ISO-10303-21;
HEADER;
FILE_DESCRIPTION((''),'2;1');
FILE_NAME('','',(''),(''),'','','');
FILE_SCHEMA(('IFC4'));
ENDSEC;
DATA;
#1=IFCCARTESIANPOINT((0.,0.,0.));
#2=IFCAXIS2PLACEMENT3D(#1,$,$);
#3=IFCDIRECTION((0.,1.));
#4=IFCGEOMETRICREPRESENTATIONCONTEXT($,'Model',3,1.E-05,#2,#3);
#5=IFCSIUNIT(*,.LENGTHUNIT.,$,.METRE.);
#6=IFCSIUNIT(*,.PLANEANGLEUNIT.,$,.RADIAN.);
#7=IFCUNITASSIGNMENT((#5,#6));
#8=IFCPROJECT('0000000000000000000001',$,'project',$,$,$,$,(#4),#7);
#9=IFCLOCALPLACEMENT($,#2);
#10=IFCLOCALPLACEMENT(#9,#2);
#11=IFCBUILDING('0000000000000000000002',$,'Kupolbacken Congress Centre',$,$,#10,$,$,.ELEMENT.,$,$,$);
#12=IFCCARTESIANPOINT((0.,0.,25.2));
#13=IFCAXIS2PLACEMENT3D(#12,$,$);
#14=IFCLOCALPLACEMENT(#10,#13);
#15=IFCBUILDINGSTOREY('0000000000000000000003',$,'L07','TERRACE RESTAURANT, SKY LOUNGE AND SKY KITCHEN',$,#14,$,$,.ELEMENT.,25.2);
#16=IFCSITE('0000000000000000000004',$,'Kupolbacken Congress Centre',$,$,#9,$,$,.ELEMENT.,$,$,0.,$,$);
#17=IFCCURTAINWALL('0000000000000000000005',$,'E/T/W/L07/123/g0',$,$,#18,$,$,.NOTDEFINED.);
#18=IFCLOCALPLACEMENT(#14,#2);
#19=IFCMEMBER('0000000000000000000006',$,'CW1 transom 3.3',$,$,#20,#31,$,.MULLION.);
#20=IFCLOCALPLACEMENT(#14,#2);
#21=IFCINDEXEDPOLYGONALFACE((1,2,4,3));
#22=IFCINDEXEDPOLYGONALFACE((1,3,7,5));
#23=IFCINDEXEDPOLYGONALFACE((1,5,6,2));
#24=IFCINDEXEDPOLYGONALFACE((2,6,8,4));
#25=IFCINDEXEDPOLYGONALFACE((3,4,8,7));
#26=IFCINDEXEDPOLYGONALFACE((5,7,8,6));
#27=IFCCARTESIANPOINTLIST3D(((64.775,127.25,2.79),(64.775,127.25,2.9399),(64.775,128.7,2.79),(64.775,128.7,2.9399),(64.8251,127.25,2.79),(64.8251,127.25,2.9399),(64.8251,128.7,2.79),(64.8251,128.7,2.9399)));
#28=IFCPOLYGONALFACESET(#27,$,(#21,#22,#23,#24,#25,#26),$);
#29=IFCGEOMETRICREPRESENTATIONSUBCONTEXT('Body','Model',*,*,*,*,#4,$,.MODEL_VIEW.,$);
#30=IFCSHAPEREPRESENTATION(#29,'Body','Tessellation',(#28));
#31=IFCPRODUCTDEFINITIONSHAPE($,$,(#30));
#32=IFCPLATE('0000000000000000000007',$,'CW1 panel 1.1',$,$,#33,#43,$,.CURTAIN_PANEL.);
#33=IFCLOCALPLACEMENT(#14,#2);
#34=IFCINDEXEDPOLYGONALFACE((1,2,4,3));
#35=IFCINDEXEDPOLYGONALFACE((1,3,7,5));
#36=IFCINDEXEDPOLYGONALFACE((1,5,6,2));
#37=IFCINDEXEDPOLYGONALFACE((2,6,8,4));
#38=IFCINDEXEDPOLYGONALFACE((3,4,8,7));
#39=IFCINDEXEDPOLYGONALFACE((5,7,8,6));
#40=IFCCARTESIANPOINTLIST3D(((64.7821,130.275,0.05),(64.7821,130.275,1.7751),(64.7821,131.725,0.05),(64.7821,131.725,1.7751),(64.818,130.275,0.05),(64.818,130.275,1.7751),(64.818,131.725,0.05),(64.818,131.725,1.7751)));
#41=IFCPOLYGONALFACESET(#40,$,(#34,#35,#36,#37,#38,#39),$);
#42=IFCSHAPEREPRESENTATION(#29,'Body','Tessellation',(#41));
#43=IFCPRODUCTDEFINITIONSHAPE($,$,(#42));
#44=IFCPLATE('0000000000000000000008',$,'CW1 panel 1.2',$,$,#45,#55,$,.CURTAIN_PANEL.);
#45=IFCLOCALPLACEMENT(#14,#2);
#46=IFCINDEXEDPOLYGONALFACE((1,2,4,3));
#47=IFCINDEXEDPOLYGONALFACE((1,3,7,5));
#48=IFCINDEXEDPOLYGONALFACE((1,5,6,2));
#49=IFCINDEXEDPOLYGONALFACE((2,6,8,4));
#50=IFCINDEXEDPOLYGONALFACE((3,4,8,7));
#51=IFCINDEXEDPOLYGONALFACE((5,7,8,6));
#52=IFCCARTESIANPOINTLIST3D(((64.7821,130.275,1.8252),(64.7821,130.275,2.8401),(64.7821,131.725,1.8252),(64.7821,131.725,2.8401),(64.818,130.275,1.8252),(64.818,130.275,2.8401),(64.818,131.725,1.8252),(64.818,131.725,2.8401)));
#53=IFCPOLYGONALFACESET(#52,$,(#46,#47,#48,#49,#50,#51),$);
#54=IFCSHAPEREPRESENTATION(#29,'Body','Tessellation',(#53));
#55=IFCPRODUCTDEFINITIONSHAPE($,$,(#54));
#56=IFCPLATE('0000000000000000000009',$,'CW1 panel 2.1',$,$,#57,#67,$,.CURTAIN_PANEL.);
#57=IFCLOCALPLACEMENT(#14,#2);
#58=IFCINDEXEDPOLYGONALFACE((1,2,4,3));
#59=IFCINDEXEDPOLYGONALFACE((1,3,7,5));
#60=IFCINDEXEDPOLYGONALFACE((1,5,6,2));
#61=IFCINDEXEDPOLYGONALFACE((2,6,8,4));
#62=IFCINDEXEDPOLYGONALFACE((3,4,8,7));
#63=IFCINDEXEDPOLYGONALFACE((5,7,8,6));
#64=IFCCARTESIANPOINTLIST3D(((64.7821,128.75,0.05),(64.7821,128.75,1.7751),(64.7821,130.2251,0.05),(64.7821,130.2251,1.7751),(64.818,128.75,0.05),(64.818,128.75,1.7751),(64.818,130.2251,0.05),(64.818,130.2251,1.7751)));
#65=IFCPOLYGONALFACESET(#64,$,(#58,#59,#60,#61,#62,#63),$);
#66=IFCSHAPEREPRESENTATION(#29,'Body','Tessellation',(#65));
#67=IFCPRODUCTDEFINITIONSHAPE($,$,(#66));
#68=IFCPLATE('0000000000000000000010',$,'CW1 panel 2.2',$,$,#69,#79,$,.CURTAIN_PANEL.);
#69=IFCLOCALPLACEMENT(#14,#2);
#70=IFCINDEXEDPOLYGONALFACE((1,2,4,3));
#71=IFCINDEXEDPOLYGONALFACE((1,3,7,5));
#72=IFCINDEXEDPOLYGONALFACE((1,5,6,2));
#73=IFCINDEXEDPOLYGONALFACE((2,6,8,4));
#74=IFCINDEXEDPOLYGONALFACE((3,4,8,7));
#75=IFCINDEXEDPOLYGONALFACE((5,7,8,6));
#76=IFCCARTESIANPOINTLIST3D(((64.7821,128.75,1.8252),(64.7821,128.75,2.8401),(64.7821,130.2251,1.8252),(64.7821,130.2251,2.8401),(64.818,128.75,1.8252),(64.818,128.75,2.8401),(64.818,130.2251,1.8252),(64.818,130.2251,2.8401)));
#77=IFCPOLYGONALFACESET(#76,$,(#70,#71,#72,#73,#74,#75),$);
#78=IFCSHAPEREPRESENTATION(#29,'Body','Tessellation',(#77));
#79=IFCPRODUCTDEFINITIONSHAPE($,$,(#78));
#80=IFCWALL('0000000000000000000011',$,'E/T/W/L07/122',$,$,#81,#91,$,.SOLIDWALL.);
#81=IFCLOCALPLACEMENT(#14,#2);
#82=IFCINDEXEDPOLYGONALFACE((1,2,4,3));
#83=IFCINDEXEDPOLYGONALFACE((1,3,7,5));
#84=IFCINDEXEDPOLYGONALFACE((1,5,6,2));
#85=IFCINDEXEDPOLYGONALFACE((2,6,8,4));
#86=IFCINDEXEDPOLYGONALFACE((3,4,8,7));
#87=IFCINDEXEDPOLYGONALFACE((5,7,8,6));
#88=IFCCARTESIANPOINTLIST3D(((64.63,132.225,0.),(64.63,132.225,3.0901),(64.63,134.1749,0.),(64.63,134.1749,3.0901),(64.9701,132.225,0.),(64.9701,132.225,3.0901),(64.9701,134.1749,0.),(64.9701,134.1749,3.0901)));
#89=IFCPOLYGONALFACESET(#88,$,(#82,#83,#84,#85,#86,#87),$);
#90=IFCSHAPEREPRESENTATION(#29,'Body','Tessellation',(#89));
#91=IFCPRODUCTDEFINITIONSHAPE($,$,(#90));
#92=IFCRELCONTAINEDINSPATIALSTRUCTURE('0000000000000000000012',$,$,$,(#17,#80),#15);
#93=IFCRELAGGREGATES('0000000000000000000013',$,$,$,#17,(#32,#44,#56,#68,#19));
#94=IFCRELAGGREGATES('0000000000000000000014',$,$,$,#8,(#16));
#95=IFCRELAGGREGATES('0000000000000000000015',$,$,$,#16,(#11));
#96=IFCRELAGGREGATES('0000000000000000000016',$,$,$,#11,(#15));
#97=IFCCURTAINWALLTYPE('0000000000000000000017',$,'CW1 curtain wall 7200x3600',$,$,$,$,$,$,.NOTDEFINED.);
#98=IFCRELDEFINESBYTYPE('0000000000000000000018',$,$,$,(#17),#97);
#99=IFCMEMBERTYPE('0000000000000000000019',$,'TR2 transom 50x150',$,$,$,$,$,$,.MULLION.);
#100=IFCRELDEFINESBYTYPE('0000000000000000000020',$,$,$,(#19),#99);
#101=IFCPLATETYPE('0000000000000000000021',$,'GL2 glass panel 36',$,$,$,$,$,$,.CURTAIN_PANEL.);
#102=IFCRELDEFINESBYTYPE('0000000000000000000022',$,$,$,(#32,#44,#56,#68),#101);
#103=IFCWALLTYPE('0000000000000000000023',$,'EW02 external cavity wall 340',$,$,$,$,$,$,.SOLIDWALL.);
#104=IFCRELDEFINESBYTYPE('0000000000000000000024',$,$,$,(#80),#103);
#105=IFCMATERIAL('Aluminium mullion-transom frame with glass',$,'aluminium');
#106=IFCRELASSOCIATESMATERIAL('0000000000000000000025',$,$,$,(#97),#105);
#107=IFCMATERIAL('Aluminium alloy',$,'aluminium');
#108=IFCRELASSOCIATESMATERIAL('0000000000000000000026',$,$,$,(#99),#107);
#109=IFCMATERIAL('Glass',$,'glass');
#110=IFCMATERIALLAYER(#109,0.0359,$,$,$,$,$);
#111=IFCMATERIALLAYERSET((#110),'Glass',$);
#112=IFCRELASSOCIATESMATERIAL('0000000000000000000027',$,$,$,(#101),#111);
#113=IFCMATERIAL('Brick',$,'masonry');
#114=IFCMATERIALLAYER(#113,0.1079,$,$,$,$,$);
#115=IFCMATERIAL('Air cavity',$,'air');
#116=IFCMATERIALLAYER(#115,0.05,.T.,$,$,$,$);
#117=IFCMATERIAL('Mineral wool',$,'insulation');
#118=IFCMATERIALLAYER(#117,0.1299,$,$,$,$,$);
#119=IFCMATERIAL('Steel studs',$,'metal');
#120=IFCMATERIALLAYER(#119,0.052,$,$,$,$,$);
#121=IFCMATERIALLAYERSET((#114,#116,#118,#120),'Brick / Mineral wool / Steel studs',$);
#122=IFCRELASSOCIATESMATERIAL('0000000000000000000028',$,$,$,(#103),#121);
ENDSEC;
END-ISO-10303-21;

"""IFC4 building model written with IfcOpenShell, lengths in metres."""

from ifc_helpers import new_model, si_unit, direction, frame, frame_2d, origin, origin_2d, place, context, subcontext, project, spatial, rectangle, extrude, material, layer, layer_set, material_profile, profile_set, type_object, element, aggregate, save


model = new_model("IFC4")

# Units and contexts
model_context = context("Model", 3, precision=1e-05, world=origin(), true_north=direction((0.0, 1.0)))
body_context = subcontext(model_context, "Body", "Model", "MODEL_VIEW")
ifc_project = project(units=[si_unit("LENGTHUNIT", "METRE"), si_unit("PLANEANGLEUNIT", "RADIAN")], contexts=[model_context])

# Site, building, storey
site_placement = place(None, origin())
site = spatial("IfcSite", under=ifc_project, at=site_placement, Name="Kupolbacken Congress Centre", CompositionType="ELEMENT", RefElevation=0.0)
building_placement = place(site_placement, origin())
building = spatial("IfcBuilding", under=site, at=building_placement, Name="Kupolbacken Congress Centre", CompositionType="ELEMENT")
storey_placement = place(building_placement, frame((0.0, 0.0, 25.2)))
storey = spatial("IfcBuildingStorey", under=building, at=storey_placement, Name="L07", Description="TERRACE RESTAURANT, SKY LOUNGE AND SKY KITCHEN", CompositionType="ELEMENT", Elevation=25.2)

# Curtain wall, member, plates
ifc_material_1 = material(Name="Aluminium mullion-transom frame with glass", Category="aluminium")
curtain_wall_type = type_object("IfcCurtainWallType", Name="CW1 curtain wall 7200x3600", PredefinedType="NOTDEFINED", material=ifc_material_1)
curtain_wall_placement = place(storey_placement, origin())
curtain_wall = element("IfcCurtainWall", 1, at=curtain_wall_placement, inside=storey, type_object=curtain_wall_type, Name="E/T/W/L07/123/g0", PredefinedType="NOTDEFINED")
ifc_material_2 = material(Name="Aluminium alloy", Category="aluminium")
ifc_material_profile_1 = material_profile(ifc_material_2, rectangle(XDim=0.05, YDim=0.1499, at=origin_2d()), Name="50 x 150")
ifc_profile_set_1 = profile_set([ifc_material_profile_1], Name="Aluminium alloy")
member_type_1 = type_object("IfcMemberType", Name="TR2 transom 50x150", PredefinedType="MULLION", material=ifc_profile_set_1)
member_1_placement = place(storey_placement, frame((64.8, 128.7, 2.865), z_axis=(0.0, -1.0, 0.0), x_axis=(1.0, 0.0, 0.0)))
member_1 = element("IfcMember", 2, at=member_1_placement, type_object=member_type_1, Name="CW1 transom 3.3", PredefinedType="MULLION", context=body_context, shape_type="SweptSolid", body=[
    extrude(rectangle(XDim=0.05, YDim=0.1499, at=origin_2d()), origin(), (0.0, 0.0, 1.0), 1.45),
])
ifc_material_3 = material(Name="Glass", Category="glass")
ifc_layer_1 = layer(ifc_material_3, 0.0359)
ifc_layer_set_1 = layer_set([ifc_layer_1], Name="Glass")
plate_type = type_object("IfcPlateType", Name="GL2 glass panel 36", PredefinedType="CURTAIN_PANEL", material=ifc_layer_set_1)
plate_1_placement = place(storey_placement, frame((64.8, 131.0, 0.05), z_axis=(0.0, 0.0, 1.0), x_axis=(0.0, -1.0, 0.0)))
plate_1 = element("IfcPlate", 3, at=plate_1_placement, type_object=plate_type, Name="CW1 panel 1.1", PredefinedType="CURTAIN_PANEL", context=body_context, shape_type="SweptSolid", body=[
    extrude(rectangle(XDim=1.45, YDim=0.0359, at=origin_2d()), origin(), (0.0, 0.0, 1.0), 1.7251),
])
plate_2_placement = place(storey_placement, frame((64.8, 131.0, 1.8252), z_axis=(0.0, 0.0, 1.0), x_axis=(0.0, -1.0, 0.0)))
plate_2 = element("IfcPlate", 4, at=plate_2_placement, type_object=plate_type, Name="CW1 panel 1.2", PredefinedType="CURTAIN_PANEL", context=body_context, shape_type="SweptSolid", body=[
    extrude(rectangle(XDim=1.45, YDim=0.0359, at=origin_2d()), origin(), (0.0, 0.0, 1.0), 1.0149),
])
plate_3_placement = place(storey_placement, frame((64.8, 129.4875, 0.05), z_axis=(0.0, 0.0, 1.0), x_axis=(0.0, -1.0, 0.0)))
plate_3 = element("IfcPlate", 5, at=plate_3_placement, type_object=plate_type, Name="CW1 panel 2.1", PredefinedType="CURTAIN_PANEL", context=body_context, shape_type="SweptSolid", body=[
    extrude(rectangle(XDim=1.4751, YDim=0.0359, at=origin_2d()), origin(), (0.0, 0.0, 1.0), 1.7251),
])
plate_4_placement = place(storey_placement, frame((64.8, 129.4875, 1.8252), z_axis=(0.0, 0.0, 1.0), x_axis=(0.0, -1.0, 0.0)))
plate_4 = element("IfcPlate", 6, at=plate_4_placement, type_object=plate_type, Name="CW1 panel 2.2", PredefinedType="CURTAIN_PANEL", context=body_context, shape_type="SweptSolid", body=[
    extrude(rectangle(XDim=1.4751, YDim=0.0359, at=origin_2d()), origin(), (0.0, 0.0, 1.0), 1.0149),
])
aggregate(curtain_wall, [plate_1, plate_2, plate_3, plate_4, member_1])

# Wall
ifc_material_4 = material(Name="Brick", Category="masonry")
ifc_layer_2 = layer(ifc_material_4, 0.1079)
ifc_material_5 = material(Name="Air cavity", Category="air")
ifc_layer_3 = layer(ifc_material_5, 0.05, ventilated=True)
ifc_material_6 = material(Name="Mineral wool", Category="insulation")
ifc_layer_4 = layer(ifc_material_6, 0.1299)
ifc_material_7 = material(Name="Steel studs", Category="metal")
ifc_layer_5 = layer(ifc_material_7, 0.052)
ifc_layer_set_2 = layer_set([ifc_layer_2, ifc_layer_3, ifc_layer_4, ifc_layer_5], Name="Brick / Mineral wool / Steel studs")
wall_type = type_object("IfcWallType", Name="EW02 external cavity wall 340", PredefinedType="SOLIDWALL", material=ifc_layer_set_2)
wall_placement = place(storey_placement, frame((64.8, 134.175, 0.0), z_axis=(0.0, 0.0, 1.0), x_axis=(0.0, -1.0, 0.0)))
element("IfcWall", 7, at=wall_placement, inside=storey, type_object=wall_type, Name="E/T/W/L07/122", PredefinedType="SOLIDWALL", context=body_context, shape_type="SweptSolid", body=[
    extrude(rectangle(XDim=1.95, YDim=0.3401, at=frame_2d((0.9751, 0.0))), origin(), (0.0, 0.0, 1.0), 3.0901),
])

save(model, "model.ifc")
